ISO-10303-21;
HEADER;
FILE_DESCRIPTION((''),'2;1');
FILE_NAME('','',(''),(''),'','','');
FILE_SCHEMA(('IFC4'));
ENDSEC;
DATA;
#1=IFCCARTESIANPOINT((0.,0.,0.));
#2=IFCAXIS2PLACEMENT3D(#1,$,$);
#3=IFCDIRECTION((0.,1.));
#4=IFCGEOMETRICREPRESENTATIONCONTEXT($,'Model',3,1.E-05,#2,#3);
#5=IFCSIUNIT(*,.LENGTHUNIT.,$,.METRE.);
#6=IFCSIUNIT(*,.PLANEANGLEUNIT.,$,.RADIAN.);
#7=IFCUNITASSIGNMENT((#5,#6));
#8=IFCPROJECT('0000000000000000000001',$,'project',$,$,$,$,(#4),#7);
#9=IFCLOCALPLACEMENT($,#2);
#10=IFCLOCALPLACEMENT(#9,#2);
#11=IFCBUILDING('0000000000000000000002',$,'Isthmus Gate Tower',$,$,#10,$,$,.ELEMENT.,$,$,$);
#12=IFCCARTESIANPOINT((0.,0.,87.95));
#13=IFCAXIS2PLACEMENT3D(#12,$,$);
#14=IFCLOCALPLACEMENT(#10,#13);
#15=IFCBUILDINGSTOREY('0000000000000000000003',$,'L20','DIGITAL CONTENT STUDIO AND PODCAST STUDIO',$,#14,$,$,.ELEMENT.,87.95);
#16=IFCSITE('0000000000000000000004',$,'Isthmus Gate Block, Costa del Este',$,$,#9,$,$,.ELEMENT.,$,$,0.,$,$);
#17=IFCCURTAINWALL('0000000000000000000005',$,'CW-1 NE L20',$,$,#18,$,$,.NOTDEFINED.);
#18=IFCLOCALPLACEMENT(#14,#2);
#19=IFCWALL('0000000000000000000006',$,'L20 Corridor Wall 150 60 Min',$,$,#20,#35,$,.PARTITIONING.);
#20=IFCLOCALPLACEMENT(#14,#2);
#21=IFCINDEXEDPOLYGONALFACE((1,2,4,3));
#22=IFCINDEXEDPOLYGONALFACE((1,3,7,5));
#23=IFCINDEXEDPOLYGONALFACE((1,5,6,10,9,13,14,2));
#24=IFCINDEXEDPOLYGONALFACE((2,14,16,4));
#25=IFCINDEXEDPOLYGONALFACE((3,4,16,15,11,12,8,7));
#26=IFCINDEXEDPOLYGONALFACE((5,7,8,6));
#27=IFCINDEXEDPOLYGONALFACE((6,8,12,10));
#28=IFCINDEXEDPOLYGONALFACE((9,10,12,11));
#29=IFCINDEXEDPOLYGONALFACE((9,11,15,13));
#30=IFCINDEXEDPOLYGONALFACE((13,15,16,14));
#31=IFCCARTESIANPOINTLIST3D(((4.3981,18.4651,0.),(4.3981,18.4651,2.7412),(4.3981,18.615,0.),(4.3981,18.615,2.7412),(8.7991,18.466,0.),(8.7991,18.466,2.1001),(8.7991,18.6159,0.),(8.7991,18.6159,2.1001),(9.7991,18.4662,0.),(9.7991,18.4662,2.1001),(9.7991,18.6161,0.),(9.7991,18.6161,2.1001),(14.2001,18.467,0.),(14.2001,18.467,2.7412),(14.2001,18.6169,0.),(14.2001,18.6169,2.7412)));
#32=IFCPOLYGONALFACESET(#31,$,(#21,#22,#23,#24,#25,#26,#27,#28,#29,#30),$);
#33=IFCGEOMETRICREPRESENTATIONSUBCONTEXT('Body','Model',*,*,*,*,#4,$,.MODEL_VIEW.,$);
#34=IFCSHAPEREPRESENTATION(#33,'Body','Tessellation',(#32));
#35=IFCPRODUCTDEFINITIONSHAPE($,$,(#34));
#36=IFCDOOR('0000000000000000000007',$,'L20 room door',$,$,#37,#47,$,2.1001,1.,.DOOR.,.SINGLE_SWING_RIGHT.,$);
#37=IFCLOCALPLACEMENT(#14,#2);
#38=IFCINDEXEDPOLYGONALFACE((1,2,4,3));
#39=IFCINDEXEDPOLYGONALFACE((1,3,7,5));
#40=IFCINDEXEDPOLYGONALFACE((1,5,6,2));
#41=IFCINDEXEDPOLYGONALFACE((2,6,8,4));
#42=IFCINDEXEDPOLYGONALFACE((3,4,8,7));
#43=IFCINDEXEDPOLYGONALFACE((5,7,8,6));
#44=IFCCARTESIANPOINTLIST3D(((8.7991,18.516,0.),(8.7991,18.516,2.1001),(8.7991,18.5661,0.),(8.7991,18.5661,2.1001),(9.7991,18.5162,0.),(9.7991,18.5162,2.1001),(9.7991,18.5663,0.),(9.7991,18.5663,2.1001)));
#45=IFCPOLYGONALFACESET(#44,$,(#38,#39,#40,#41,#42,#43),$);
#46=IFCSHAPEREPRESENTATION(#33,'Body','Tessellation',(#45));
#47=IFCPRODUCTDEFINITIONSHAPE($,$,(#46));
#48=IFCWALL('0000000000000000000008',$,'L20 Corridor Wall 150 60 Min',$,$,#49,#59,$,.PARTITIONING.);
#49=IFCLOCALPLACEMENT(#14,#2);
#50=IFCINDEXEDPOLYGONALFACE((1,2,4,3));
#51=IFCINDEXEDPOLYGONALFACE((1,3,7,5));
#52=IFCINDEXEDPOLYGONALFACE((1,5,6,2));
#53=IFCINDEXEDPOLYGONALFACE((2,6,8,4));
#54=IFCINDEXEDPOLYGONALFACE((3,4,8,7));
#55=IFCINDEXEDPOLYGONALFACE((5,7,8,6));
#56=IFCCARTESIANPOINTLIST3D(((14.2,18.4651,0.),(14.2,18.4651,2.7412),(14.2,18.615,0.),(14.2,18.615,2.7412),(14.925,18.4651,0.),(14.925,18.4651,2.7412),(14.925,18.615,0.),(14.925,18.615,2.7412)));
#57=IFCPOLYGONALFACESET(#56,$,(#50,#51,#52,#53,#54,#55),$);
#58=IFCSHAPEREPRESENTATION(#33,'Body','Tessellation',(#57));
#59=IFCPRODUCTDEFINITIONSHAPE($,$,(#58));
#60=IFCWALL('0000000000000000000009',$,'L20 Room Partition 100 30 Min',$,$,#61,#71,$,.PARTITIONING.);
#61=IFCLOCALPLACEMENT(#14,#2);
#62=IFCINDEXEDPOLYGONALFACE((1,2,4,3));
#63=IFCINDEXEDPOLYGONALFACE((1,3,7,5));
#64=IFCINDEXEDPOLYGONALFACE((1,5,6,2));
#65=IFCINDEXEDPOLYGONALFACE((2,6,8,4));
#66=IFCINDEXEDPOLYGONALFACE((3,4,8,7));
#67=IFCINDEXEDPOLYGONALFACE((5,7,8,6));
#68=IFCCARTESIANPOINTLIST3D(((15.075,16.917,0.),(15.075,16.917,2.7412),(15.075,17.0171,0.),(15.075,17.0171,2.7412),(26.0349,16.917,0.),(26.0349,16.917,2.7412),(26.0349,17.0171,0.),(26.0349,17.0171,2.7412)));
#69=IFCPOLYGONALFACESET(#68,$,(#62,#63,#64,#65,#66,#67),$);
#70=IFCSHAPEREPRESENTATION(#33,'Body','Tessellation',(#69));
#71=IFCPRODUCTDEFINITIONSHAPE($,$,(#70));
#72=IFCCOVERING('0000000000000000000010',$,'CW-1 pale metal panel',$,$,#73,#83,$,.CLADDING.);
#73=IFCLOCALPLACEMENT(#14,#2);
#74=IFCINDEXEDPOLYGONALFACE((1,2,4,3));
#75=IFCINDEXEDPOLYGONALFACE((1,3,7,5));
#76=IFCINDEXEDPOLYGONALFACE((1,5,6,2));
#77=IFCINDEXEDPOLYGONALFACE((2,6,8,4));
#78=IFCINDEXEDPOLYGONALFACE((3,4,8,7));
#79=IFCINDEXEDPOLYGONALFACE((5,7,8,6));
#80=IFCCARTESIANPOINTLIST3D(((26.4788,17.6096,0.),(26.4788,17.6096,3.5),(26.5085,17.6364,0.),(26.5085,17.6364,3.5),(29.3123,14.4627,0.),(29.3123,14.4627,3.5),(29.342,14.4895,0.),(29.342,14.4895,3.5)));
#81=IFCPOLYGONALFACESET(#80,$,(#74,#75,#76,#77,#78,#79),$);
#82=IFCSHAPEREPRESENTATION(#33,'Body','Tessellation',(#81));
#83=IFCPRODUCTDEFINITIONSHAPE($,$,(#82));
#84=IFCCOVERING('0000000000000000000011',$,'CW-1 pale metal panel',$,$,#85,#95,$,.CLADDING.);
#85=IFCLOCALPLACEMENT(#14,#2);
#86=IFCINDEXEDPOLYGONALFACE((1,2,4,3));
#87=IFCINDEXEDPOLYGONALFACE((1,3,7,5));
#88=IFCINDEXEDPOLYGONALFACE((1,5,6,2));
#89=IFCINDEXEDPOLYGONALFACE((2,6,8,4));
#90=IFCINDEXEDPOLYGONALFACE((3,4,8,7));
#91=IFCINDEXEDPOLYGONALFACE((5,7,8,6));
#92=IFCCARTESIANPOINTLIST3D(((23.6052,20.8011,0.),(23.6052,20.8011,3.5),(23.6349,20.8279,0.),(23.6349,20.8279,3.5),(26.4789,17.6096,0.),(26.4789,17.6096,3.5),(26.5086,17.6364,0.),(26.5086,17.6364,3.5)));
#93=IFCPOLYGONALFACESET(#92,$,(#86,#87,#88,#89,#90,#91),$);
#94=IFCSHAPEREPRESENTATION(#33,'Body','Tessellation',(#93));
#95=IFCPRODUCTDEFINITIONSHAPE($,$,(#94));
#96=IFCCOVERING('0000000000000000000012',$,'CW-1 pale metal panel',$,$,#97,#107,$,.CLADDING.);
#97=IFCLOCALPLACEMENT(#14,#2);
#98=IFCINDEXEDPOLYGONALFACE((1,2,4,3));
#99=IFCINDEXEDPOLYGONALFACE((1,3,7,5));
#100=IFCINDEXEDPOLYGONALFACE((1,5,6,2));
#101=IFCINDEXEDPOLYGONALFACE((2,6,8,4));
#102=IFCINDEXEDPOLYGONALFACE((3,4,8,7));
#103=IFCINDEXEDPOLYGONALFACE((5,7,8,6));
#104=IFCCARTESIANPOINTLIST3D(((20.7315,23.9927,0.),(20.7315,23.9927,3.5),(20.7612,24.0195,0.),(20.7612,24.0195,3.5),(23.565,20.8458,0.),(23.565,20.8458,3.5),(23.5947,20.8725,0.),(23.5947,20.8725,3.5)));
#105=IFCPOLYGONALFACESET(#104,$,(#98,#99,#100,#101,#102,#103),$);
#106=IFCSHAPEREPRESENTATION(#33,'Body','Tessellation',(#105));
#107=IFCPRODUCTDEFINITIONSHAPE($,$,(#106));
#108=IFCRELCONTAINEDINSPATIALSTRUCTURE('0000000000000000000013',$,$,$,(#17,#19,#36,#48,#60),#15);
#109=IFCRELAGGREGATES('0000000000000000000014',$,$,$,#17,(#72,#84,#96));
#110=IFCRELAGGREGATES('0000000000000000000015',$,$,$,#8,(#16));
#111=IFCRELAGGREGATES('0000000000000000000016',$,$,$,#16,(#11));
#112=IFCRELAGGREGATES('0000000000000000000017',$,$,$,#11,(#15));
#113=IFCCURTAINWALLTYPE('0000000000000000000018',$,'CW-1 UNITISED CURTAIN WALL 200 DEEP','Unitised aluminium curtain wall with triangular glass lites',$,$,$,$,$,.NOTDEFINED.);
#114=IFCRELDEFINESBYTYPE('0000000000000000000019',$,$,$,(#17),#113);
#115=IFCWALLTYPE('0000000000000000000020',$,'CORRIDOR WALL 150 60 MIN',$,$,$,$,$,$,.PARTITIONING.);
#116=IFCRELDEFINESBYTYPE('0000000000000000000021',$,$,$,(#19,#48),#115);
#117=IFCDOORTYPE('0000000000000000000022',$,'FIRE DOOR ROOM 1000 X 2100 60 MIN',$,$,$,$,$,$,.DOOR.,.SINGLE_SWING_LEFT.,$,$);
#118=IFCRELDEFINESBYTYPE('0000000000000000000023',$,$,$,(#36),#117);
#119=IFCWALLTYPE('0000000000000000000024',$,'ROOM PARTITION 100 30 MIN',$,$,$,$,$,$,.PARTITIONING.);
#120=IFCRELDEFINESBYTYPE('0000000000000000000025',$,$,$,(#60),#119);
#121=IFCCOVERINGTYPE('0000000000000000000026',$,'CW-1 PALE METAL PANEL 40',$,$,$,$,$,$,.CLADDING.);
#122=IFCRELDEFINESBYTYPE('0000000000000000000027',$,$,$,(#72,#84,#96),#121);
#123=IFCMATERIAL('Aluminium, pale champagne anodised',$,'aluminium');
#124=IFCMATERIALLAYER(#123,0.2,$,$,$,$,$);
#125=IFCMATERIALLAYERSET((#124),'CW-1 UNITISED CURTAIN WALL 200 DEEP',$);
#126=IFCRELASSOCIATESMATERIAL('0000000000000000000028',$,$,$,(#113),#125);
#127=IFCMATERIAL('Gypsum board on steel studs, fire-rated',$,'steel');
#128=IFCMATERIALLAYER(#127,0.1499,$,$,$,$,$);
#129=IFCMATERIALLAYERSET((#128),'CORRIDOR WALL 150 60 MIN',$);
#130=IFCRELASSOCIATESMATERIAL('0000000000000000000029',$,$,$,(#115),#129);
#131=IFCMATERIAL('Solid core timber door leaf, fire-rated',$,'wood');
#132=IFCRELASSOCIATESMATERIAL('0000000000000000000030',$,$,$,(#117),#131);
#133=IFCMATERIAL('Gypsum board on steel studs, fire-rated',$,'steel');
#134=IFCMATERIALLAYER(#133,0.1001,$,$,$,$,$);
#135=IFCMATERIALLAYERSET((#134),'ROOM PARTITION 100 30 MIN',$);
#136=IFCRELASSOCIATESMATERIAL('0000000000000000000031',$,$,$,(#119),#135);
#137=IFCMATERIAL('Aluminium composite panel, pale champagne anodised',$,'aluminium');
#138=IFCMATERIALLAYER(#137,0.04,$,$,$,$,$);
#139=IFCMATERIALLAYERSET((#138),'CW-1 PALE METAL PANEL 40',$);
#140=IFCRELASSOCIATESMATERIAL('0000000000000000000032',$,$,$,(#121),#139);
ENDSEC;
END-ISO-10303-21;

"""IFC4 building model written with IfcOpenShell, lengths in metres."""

from ifc_helpers import new_model, si_unit, direction, frame, frame_2d, origin, origin_2d, place, context, subcontext, project, spatial, rectangle, extrude, material, layer, layer_set, type_object, element, fill, aggregate, save


model = new_model("IFC4")

# Units and contexts
model_context = context("Model", 3, precision=1e-05, world=origin(), true_north=direction((0.0, 1.0)))
body_context = subcontext(model_context, "Body", "Model", "MODEL_VIEW")
ifc_project = project(units=[si_unit("LENGTHUNIT", "METRE"), si_unit("PLANEANGLEUNIT", "RADIAN")], contexts=[model_context])

# Site, building, storey
site_placement = place(None, origin())
site = spatial("IfcSite", under=ifc_project, at=site_placement, Name="Isthmus Gate Block, Costa del Este", CompositionType="ELEMENT", RefElevation=0.0)
building_placement = place(site_placement, origin())
building = spatial("IfcBuilding", under=site, at=building_placement, Name="Isthmus Gate Tower", CompositionType="ELEMENT")
storey_placement = place(building_placement, frame((0.0, 0.0, 87.95)))
storey = spatial("IfcBuildingStorey", under=building, at=storey_placement, Name="L20", Description="DIGITAL CONTENT STUDIO AND PODCAST STUDIO", CompositionType="ELEMENT", Elevation=87.95)

# Curtain wall
ifc_material_1 = material(Name="Aluminium, pale champagne anodised", Category="aluminium")
ifc_layer_1 = layer(ifc_material_1, 0.2)
ifc_layer_set_1 = layer_set([ifc_layer_1], Name="CW-1 UNITISED CURTAIN WALL 200 DEEP")
curtain_wall_type = type_object("IfcCurtainWallType", Name="CW-1 UNITISED CURTAIN WALL 200 DEEP", Description="Unitised aluminium curtain wall with triangular glass lites", PredefinedType="NOTDEFINED", material=ifc_layer_set_1)
curtain_wall_1_placement = place(storey_placement, origin())
curtain_wall_1 = element("IfcCurtainWall", 1, at=curtain_wall_1_placement, inside=storey, type_object=curtain_wall_type, Name="CW-1 NE L20", PredefinedType="NOTDEFINED")

# Shared definitions
ifc_material_2 = material(Name="Gypsum board on steel studs, fire-rated", Category="steel")
ifc_layer_2 = layer(ifc_material_2, 0.1499)
ifc_layer_set_2 = layer_set([ifc_layer_2], Name="CORRIDOR WALL 150 60 MIN")
wall_type_1 = type_object("IfcWallType", Name="CORRIDOR WALL 150 60 MIN", PredefinedType="PARTITIONING", material=ifc_layer_set_2)

# Wall, opening, door
ifc_material_3 = material(Name="Solid core timber door leaf, fire-rated", Category="wood")
door_type = type_object("IfcDoorType", Name="FIRE DOOR ROOM 1000 X 2100 60 MIN", OperationType="SINGLE_SWING_LEFT", PredefinedType="DOOR", material=ifc_material_3)
wall_1_placement = place(storey_placement, frame((14.2, 18.542, 0.0), z_axis=(0.0, 0.0, 1.0), x_axis=(-1.0, -0.000199, 0.0)))
wall_1 = element("IfcWall", 2, at=wall_1_placement, inside=storey, type_object=wall_type_1, Name="L20 Corridor Wall 150 60 Min", PredefinedType="PARTITIONING", context=body_context, shape_type="SweptSolid", body=[
    extrude(rectangle(XDim=9.802, YDim=0.1499, at=frame_2d((4.9009, 0.0))), origin(), (0.0, 0.0, 1.0), 2.7412),
])
opening_1_placement = place(wall_1_placement, frame((4.4009, 0.0, 0.0)))
opening_1 = element("IfcOpeningElement", 3, at=opening_1_placement, cuts=wall_1, PredefinedType="OPENING", context=body_context, shape_type="SweptSolid", body=[
    extrude(rectangle(XDim=1.0, YDim=2.1001, at=frame_2d((0.5, 1.05))), frame((0.0, 0.085, 0.0), z_axis=(0.0, -1.0, 0.0), x_axis=(1.0, 0.0, 0.0)), (0.0, 0.0, 1.0), 0.1699),
])
door_1_placement = place(opening_1_placement, origin())
door_1 = element("IfcDoor", 4, at=door_1_placement, inside=storey, type_object=door_type, Name="L20 room door", OperationType="SINGLE_SWING_RIGHT", OverallHeight=2.1001, OverallWidth=1.0, PredefinedType="DOOR", context=body_context, shape_type="SweptSolid", body=[
    extrude(rectangle(XDim=1.0, YDim=2.1001, at=frame_2d((0.5, 1.05))), frame((0.0, 0.0249, 0.0), z_axis=(0.0, -1.0, 0.0), x_axis=(1.0, 0.0, 0.0)), (0.0, 0.0, 1.0), 0.05),
])
fill(opening_1, door_1)

# Walls
wall_2_placement = place(storey_placement, frame((14.2, 18.54, 0.0), z_axis=(0.0, 0.0, 1.0), x_axis=(1.0, 0.0, 0.0)))
element("IfcWall", 5, at=wall_2_placement, inside=storey, type_object=wall_type_1, Name="L20 Corridor Wall 150 60 Min", PredefinedType="PARTITIONING", context=body_context, shape_type="SweptSolid", body=[
    extrude(rectangle(XDim=0.7251, YDim=0.1499, at=frame_2d((0.3625, 0.0))), origin(), (0.0, 0.0, 1.0), 2.7412),
])
ifc_material_4 = material(Name="Gypsum board on steel studs, fire-rated", Category="steel")
ifc_layer_3 = layer(ifc_material_4, 0.1001)
ifc_layer_set_3 = layer_set([ifc_layer_3], Name="ROOM PARTITION 100 30 MIN")
wall_type_2 = type_object("IfcWallType", Name="ROOM PARTITION 100 30 MIN", PredefinedType="PARTITIONING", material=ifc_layer_set_3)
wall_3_placement = place(storey_placement, frame((15.075, 16.967, 0.0), z_axis=(0.0, 0.0, 1.0), x_axis=(1.0, 0.0, 0.0)))
element("IfcWall", 6, at=wall_3_placement, inside=storey, type_object=wall_type_2, Name="L20 Room Partition 100 30 Min", PredefinedType="PARTITIONING", context=body_context, shape_type="SweptSolid", body=[
    extrude(rectangle(XDim=10.96, YDim=0.1001, at=frame_2d((5.48, 0.0))), origin(), (0.0, 0.0, 1.0), 2.7412),
])

# Coverings
ifc_material_5 = material(Name="Aluminium composite panel, pale champagne anodised", Category="aluminium")
ifc_layer_4 = layer(ifc_material_5, 0.04)
ifc_layer_set_4 = layer_set([ifc_layer_4], Name="CW-1 PALE METAL PANEL 40")
covering_type = type_object("IfcCoveringType", Name="CW-1 PALE METAL PANEL 40", PredefinedType="CLADDING", material=ifc_layer_set_4)
covering_1_placement = place(storey_placement, frame((27.9104, 16.0496, 0.0), z_axis=(0.0, 0.0, 1.0), x_axis=(-0.669131, 0.743145, 0.0)))
covering_1 = element("IfcCovering", 7, at=covering_1_placement, type_object=covering_type, Name="CW-1 pale metal panel", PredefinedType="CLADDING", context=body_context, shape_type="SweptSolid", body=[
    extrude(rectangle(XDim=4.2346, YDim=0.04, at=origin_2d()), origin(), (0.0, 0.0, 1.0), 3.5),
])
covering_2_placement = place(storey_placement, frame((25.0569, 19.2188, 0.0), z_axis=(0.0, 0.0, 1.0), x_axis=(-0.669131, 0.743145, 0.0)))
covering_2 = element("IfcCovering", 8, at=covering_2_placement, type_object=covering_type, Name="CW-1 pale metal panel", PredefinedType="CLADDING", context=body_context, shape_type="SweptSolid", body=[
    extrude(rectangle(XDim=4.2947, YDim=0.04, at=origin_2d()), origin(), (0.0, 0.0, 1.0), 3.5),
])
covering_3_placement = place(storey_placement, frame((22.1631, 22.4326, 0.0), z_axis=(0.0, 0.0, 1.0), x_axis=(-0.669131, 0.743145, 0.0)))
covering_3 = element("IfcCovering", 9, at=covering_3_placement, type_object=covering_type, Name="CW-1 pale metal panel", PredefinedType="CLADDING", context=body_context, shape_type="SweptSolid", body=[
    extrude(rectangle(XDim=4.2346, YDim=0.04, at=origin_2d()), origin(), (0.0, 0.0, 1.0), 3.5),
])
aggregate(curtain_wall_1, [covering_1, covering_2, covering_3])

save(model, "model.ifc")
